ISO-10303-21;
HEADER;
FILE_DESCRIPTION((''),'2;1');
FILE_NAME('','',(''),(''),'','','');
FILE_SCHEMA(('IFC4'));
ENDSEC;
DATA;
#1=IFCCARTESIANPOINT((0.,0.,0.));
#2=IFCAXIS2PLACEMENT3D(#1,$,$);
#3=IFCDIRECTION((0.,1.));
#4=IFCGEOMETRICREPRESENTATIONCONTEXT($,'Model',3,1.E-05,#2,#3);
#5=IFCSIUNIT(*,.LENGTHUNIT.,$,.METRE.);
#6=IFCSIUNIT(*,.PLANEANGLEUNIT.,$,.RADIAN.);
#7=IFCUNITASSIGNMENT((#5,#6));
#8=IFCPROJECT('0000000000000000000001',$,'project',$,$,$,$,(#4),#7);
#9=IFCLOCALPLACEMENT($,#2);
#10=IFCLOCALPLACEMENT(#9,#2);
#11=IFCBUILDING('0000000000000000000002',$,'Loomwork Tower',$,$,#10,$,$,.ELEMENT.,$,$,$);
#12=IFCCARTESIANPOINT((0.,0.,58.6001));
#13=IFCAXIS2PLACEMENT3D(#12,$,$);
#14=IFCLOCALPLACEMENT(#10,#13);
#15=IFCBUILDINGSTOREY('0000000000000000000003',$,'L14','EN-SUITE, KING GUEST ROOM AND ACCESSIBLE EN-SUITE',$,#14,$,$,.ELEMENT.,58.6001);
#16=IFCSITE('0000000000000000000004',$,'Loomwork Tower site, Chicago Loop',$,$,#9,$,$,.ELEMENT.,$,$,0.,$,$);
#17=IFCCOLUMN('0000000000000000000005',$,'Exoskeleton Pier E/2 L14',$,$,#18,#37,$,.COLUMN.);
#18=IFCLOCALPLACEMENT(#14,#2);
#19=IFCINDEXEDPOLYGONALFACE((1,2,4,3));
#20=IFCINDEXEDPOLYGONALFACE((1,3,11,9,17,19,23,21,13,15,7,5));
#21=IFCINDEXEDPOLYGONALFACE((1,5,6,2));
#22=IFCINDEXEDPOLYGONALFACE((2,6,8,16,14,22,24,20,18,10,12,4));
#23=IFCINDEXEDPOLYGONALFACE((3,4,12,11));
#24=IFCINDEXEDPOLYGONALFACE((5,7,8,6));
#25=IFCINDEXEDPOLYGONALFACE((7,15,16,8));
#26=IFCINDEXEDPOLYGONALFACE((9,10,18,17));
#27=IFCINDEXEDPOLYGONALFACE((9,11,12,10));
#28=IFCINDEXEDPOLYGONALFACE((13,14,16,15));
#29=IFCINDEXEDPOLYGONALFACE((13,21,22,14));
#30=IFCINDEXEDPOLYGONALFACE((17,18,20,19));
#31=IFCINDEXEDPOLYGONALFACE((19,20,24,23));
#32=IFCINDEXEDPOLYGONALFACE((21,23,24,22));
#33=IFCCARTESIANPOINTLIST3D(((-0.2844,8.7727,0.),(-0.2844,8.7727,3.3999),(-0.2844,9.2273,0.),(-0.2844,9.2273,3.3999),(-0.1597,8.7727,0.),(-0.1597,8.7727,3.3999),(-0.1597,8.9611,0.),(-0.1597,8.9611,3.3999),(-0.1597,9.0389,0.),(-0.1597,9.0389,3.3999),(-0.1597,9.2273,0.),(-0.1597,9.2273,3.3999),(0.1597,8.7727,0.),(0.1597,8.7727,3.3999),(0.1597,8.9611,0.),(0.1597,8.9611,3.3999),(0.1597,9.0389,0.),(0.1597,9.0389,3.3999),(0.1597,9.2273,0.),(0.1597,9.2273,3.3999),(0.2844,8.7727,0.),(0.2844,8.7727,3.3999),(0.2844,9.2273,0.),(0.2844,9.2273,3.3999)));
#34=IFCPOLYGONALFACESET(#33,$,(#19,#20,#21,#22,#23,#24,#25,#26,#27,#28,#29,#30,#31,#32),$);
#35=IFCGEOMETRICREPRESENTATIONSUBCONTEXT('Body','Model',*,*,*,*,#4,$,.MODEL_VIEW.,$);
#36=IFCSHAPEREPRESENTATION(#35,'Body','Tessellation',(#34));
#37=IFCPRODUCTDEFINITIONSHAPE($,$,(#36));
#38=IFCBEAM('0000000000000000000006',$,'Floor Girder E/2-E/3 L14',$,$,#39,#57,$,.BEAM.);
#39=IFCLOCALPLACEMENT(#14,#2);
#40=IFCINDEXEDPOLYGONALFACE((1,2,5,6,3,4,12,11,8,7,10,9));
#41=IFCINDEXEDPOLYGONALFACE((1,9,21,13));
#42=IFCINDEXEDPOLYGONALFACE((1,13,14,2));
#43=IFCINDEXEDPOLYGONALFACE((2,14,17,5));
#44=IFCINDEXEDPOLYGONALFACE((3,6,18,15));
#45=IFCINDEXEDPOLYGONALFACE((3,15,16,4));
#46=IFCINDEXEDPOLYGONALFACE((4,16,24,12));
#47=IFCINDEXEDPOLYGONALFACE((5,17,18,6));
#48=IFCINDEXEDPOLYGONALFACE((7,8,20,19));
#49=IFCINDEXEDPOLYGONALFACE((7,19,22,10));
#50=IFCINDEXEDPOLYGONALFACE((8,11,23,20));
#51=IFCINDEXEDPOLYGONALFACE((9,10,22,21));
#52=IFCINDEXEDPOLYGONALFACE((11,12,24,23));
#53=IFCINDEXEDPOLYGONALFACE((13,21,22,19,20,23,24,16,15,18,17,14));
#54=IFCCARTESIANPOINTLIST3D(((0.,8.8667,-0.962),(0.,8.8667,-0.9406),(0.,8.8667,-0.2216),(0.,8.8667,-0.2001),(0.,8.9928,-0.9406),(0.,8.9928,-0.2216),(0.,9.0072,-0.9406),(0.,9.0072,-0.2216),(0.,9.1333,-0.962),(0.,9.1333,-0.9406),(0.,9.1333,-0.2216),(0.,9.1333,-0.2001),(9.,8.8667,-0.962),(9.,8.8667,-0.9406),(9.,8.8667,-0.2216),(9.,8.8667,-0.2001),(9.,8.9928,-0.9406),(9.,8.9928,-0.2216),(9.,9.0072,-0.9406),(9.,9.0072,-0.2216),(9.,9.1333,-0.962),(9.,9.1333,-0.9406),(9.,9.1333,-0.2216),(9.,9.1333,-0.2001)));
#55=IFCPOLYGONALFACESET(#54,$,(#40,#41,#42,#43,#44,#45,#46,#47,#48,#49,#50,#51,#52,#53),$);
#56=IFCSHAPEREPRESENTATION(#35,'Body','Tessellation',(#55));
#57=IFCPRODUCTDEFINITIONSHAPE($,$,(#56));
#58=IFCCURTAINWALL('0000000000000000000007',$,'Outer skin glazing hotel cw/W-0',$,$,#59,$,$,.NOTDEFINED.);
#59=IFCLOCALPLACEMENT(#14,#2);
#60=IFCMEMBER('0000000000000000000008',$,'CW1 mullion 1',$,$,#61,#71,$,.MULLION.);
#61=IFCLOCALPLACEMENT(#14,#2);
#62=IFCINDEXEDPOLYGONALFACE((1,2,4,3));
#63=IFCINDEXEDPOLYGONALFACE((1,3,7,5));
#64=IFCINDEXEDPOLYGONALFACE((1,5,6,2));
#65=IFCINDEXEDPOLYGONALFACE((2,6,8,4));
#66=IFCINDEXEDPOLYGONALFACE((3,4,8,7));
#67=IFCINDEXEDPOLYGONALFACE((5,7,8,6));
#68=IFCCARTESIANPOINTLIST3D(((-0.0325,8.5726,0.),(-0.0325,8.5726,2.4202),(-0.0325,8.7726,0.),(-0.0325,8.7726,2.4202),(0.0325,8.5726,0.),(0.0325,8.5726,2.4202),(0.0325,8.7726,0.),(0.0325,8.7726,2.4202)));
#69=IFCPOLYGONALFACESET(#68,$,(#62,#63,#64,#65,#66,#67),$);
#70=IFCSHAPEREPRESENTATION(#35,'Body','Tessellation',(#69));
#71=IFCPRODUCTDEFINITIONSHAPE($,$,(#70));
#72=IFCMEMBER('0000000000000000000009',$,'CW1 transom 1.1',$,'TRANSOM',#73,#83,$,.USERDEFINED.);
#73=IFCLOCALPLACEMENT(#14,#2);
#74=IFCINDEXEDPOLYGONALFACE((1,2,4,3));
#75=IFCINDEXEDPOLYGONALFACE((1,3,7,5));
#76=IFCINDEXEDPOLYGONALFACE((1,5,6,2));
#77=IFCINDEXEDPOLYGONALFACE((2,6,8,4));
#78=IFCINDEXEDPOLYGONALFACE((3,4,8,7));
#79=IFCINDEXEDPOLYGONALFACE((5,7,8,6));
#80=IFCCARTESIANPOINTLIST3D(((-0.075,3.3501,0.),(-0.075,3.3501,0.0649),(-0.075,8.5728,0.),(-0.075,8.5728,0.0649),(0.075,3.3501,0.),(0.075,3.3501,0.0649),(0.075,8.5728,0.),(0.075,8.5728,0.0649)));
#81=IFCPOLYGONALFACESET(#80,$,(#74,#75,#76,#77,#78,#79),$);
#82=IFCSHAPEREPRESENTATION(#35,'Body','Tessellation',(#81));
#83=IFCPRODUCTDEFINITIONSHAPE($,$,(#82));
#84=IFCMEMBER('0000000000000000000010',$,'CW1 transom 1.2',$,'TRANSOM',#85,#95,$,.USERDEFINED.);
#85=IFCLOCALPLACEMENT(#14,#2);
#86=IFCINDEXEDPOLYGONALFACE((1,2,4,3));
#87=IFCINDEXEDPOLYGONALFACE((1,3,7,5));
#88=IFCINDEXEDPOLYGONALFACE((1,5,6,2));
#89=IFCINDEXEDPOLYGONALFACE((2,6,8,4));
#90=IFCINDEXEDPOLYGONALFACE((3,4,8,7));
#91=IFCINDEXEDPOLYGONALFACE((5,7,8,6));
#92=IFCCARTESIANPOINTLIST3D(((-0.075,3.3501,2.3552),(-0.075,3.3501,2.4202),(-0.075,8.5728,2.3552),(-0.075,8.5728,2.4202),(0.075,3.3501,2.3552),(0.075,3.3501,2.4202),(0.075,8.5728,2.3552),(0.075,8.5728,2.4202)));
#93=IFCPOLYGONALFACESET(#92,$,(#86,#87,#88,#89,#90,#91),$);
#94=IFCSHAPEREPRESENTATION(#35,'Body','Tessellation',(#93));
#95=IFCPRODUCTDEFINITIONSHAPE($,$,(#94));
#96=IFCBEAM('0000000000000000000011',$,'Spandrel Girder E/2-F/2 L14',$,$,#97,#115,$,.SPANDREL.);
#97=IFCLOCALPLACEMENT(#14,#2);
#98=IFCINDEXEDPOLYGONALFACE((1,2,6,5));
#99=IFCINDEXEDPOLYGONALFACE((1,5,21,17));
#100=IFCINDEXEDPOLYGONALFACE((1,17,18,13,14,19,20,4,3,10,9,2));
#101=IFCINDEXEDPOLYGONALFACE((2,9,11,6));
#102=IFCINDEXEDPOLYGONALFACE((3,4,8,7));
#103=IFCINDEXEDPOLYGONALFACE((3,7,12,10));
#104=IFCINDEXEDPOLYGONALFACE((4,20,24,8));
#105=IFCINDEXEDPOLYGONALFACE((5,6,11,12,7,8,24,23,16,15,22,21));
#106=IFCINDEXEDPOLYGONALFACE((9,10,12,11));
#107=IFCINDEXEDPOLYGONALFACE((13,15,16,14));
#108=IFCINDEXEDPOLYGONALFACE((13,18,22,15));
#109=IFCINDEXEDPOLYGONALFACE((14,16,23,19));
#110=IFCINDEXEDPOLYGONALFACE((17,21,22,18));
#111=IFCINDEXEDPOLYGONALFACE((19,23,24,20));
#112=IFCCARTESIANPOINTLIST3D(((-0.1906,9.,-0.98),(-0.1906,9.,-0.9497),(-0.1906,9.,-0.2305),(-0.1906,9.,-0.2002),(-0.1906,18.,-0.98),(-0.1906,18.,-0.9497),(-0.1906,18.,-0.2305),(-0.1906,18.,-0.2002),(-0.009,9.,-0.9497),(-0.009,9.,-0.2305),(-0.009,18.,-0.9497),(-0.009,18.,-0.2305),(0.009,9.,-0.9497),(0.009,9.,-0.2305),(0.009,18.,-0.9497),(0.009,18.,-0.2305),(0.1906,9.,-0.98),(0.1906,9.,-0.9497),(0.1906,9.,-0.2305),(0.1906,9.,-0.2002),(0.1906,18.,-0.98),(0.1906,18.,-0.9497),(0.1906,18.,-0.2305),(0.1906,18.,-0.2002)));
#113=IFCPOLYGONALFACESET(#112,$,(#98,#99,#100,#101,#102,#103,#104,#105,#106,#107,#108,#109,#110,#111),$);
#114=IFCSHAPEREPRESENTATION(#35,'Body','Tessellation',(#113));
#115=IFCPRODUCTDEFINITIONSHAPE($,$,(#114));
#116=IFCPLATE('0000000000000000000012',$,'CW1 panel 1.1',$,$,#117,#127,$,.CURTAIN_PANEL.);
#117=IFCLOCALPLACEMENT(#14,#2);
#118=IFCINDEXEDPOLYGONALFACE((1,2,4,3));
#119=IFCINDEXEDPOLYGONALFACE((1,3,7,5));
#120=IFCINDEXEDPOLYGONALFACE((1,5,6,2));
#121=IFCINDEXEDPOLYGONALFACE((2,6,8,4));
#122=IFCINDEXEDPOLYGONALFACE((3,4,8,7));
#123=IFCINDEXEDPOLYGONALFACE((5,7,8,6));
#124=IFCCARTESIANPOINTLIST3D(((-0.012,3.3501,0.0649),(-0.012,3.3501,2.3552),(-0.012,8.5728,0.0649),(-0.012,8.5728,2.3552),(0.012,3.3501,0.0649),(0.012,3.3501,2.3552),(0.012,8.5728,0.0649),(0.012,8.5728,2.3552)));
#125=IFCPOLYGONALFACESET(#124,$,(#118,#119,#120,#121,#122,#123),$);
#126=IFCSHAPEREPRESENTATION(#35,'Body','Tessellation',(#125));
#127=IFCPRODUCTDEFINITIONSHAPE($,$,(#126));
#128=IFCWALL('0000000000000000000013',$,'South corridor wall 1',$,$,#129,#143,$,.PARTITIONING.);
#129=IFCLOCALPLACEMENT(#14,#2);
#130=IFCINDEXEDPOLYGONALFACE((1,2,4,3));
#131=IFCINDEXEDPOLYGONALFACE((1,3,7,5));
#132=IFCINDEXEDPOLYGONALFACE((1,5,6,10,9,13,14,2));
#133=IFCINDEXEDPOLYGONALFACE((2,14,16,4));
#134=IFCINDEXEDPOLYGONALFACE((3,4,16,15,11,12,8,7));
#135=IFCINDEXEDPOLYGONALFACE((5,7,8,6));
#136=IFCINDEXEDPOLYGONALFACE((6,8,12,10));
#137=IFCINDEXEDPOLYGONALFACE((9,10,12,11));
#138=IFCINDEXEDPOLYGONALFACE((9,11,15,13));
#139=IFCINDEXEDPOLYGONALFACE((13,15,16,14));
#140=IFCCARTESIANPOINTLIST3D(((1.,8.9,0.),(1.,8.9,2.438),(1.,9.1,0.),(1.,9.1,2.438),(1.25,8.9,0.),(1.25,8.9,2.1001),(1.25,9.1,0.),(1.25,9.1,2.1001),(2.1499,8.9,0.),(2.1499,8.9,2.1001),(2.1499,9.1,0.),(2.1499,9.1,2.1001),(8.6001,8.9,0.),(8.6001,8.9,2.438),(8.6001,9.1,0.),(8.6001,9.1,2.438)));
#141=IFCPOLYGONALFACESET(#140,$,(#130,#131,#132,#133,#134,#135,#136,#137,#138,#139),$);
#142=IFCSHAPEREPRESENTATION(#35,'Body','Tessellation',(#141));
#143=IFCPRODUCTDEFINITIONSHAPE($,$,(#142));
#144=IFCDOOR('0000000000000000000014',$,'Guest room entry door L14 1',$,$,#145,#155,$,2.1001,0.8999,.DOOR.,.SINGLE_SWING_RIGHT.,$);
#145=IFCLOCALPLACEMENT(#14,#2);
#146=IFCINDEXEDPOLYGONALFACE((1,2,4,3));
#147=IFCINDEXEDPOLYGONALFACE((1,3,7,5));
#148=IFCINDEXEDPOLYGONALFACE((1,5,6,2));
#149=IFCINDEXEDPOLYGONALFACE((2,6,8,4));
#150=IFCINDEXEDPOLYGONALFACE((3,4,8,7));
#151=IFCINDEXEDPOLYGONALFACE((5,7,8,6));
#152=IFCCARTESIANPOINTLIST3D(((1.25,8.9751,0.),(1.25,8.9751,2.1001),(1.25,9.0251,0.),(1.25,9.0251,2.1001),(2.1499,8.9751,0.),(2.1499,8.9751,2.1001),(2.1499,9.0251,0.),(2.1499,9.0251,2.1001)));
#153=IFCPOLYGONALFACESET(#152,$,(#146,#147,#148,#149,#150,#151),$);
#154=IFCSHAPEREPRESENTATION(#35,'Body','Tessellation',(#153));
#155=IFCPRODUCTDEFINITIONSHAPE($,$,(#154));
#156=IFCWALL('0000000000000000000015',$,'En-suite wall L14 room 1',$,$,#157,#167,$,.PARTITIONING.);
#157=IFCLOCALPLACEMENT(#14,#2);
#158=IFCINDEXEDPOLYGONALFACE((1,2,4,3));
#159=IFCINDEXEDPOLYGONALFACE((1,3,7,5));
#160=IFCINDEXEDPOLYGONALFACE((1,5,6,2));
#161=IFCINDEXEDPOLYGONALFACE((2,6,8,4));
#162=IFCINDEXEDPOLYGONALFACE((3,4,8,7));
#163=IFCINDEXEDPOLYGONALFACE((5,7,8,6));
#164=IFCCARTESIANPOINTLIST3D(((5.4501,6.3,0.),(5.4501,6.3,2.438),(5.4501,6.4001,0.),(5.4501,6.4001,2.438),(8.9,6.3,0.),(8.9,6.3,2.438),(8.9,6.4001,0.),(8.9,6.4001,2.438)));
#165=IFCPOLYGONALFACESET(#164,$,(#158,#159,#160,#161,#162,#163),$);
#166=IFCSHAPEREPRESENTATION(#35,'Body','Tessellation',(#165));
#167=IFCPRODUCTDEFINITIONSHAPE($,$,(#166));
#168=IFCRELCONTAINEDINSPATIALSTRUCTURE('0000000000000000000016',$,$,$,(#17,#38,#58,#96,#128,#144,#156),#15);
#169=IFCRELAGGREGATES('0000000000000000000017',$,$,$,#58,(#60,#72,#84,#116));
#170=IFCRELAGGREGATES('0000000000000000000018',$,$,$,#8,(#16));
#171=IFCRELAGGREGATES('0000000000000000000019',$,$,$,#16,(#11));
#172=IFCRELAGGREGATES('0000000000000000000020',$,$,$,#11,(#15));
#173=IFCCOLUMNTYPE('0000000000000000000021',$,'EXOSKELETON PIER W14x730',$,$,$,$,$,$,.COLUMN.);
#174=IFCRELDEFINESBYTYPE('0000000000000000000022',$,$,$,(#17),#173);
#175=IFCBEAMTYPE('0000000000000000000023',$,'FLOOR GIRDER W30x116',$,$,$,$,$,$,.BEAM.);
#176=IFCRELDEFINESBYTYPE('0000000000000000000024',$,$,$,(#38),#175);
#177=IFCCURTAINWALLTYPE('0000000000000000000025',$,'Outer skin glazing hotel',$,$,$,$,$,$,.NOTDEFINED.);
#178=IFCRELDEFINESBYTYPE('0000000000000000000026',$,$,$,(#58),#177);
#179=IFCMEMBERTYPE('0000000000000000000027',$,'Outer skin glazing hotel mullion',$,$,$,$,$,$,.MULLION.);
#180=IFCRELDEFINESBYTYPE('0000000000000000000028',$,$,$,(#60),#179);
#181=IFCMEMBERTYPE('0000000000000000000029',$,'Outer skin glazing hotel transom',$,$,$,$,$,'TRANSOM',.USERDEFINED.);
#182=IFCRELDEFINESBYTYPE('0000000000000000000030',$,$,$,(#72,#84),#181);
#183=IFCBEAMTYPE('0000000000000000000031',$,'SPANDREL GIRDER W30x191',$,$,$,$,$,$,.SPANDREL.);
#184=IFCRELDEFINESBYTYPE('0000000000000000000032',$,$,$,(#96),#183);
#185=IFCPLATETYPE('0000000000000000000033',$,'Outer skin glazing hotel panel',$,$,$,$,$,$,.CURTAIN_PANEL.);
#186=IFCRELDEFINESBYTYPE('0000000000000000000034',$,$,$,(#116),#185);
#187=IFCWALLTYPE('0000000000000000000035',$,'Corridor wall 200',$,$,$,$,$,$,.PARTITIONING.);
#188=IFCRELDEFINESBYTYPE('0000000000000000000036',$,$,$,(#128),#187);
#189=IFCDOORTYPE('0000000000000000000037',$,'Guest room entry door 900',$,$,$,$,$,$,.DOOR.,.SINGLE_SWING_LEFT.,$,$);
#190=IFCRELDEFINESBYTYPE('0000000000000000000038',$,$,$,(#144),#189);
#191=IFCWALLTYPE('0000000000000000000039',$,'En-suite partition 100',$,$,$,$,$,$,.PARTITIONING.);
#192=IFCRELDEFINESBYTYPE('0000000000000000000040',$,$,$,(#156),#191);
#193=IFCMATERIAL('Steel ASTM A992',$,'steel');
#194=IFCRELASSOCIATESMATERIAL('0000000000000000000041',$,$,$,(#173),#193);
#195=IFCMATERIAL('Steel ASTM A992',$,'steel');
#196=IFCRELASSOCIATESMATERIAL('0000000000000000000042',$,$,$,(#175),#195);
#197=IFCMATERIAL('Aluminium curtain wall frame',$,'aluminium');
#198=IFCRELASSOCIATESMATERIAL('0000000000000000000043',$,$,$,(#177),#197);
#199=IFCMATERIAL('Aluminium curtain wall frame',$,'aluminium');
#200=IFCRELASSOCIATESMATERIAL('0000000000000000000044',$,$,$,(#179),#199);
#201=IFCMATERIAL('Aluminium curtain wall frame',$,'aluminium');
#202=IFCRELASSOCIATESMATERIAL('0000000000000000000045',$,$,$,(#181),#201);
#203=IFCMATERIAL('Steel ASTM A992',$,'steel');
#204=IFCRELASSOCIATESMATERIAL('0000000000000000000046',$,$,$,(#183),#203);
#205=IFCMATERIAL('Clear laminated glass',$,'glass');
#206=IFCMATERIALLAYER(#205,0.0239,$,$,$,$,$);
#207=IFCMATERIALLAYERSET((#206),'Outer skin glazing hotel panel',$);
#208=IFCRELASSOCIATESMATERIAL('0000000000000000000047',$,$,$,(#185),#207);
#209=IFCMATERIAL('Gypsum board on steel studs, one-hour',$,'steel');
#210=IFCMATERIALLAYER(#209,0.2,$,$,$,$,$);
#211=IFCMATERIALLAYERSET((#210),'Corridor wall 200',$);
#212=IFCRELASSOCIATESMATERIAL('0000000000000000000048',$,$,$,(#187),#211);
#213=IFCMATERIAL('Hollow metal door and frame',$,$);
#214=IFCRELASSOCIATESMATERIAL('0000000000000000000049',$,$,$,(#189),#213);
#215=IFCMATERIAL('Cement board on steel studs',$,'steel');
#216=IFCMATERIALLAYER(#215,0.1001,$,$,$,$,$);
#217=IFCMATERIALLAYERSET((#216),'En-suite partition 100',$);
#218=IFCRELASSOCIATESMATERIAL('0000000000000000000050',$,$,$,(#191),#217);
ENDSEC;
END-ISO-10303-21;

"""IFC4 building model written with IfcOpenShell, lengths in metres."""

from ifc_helpers import new_model, si_unit, direction, frame, frame_2d, origin, origin_2d, place, context, subcontext, project, spatial, rectangle, i_section, extrude, material, layer, layer_set, material_profile, profile_set, type_object, element, fill, aggregate, save


model = new_model("IFC4")

# Units and contexts
model_context = context("Model", 3, precision=1e-05, world=origin(), true_north=direction((0.0, 1.0)))
body_context = subcontext(model_context, "Body", "Model", "MODEL_VIEW")
ifc_project = project(units=[si_unit("LENGTHUNIT", "METRE"), si_unit("PLANEANGLEUNIT", "RADIAN")], contexts=[model_context])

# Site, building, storey
site_placement = place(None, origin())
site = spatial("IfcSite", under=ifc_project, at=site_placement, Name="Loomwork Tower site, Chicago Loop", CompositionType="ELEMENT", RefElevation=0.0)
building_placement = place(site_placement, origin())
building = spatial("IfcBuilding", under=site, at=building_placement, Name="Loomwork Tower", CompositionType="ELEMENT")
storey_placement = place(building_placement, frame((0.0, 0.0, 58.6001)))
storey = spatial("IfcBuildingStorey", under=building, at=storey_placement, Name="L14", Description="EN-SUITE, KING GUEST ROOM AND ACCESSIBLE EN-SUITE", CompositionType="ELEMENT", Elevation=58.6001)

# Column
ifc_material_1 = material(Name="Steel ASTM A992", Category="steel")
ifc_material_profile_1 = material_profile(ifc_material_1, i_section(OverallWidth=0.4546, OverallDepth=0.5688, WebThickness=0.0779, FlangeThickness=0.1248, at=origin_2d()), Name="W14x730")
ifc_profile_set_1 = profile_set([ifc_material_profile_1], Name="Steel ASTM A992")
column_type = type_object("IfcColumnType", Name="EXOSKELETON PIER W14x730", PredefinedType="COLUMN", material=ifc_profile_set_1)
column_placement = place(storey_placement, frame((0.0, 9.0, 0.0), z_axis=(0.0, 0.0, 1.0), x_axis=(0.0, 1.0, 0.0)))
element("IfcColumn", 1, at=column_placement, inside=storey, type_object=column_type, Name="Exoskeleton Pier E/2 L14", PredefinedType="COLUMN", context=body_context, shape_type="SweptSolid", body=[
    extrude(i_section(OverallWidth=0.4546, OverallDepth=0.5688, WebThickness=0.0779, FlangeThickness=0.1248, at=origin_2d()), origin(), (0.0, 0.0, 1.0), 3.3999),
])

# Beam
ifc_material_2 = material(Name="Steel ASTM A992", Category="steel")
ifc_material_profile_2 = material_profile(ifc_material_2, i_section(OverallWidth=0.2666, OverallDepth=0.762, WebThickness=0.0144, FlangeThickness=0.0215, at=origin_2d()), Name="W30x116")
ifc_profile_set_2 = profile_set([ifc_material_profile_2], Name="Steel ASTM A992")
beam_type_1 = type_object("IfcBeamType", Name="FLOOR GIRDER W30x116", PredefinedType="BEAM", material=ifc_profile_set_2)
beam_1_placement = place(storey_placement, frame((0.0, 9.0, -0.5811), z_axis=(1.0, 0.0, 0.0), x_axis=(0.0, 1.0, 0.0)))
element("IfcBeam", 2, at=beam_1_placement, inside=storey, type_object=beam_type_1, Name="Floor Girder E/2-E/3 L14", PredefinedType="BEAM", context=body_context, shape_type="SweptSolid", body=[
    extrude(i_section(OverallWidth=0.2666, OverallDepth=0.762, WebThickness=0.0144, FlangeThickness=0.0215, at=origin_2d()), origin(), (0.0, 0.0, 1.0), 9.0),
])

# Curtain wall, members
ifc_material_3 = material(Name="Aluminium curtain wall frame", Category="aluminium")
curtain_wall_type = type_object("IfcCurtainWallType", Name="Outer skin glazing hotel", PredefinedType="NOTDEFINED", material=ifc_material_3)
curtain_wall_placement = place(storey_placement, origin())
curtain_wall = element("IfcCurtainWall", 3, at=curtain_wall_placement, inside=storey, type_object=curtain_wall_type, Name="Outer skin glazing hotel cw/W-0", PredefinedType="NOTDEFINED")
ifc_material_4 = material(Name="Aluminium curtain wall frame", Category="aluminium")
ifc_material_profile_3 = material_profile(ifc_material_4, rectangle(XDim=0.0649, YDim=0.2, at=origin_2d()), Name="AL 65x200")
ifc_profile_set_3 = profile_set([ifc_material_profile_3], Name="Aluminium curtain wall frame")
member_type_1 = type_object("IfcMemberType", Name="Outer skin glazing hotel mullion", PredefinedType="MULLION", material=ifc_profile_set_3)
member_1_placement = place(storey_placement, frame((0.0, 8.6726, 0.0), z_axis=(0.0, 0.0, 1.0), x_axis=(1.0, 0.0, 0.0)))
member_1 = element("IfcMember", 4, at=member_1_placement, type_object=member_type_1, Name="CW1 mullion 1", PredefinedType="MULLION", context=body_context, shape_type="SweptSolid", body=[
    extrude(rectangle(XDim=0.0649, YDim=0.2, at=origin_2d()), origin(), (0.0, 0.0, 1.0), 2.4202),
])
ifc_material_5 = material(Name="Aluminium curtain wall frame", Category="aluminium")
ifc_material_profile_4 = material_profile(ifc_material_5, rectangle(XDim=0.1499, YDim=0.0649, at=origin_2d()), Name="AL 65x150")
ifc_profile_set_4 = profile_set([ifc_material_profile_4], Name="Aluminium curtain wall frame")
member_type_2 = type_object("IfcMemberType", Name="Outer skin glazing hotel transom", ElementType="TRANSOM", PredefinedType="USERDEFINED", material=ifc_profile_set_4)
member_2_placement = place(storey_placement, frame((0.0, 8.5728, 0.0325), z_axis=(0.0, -1.0, 0.0), x_axis=(1.0, 0.0, 0.0)))
member_2 = element("IfcMember", 5, at=member_2_placement, type_object=member_type_2, Name="CW1 transom 1.1", ObjectType="TRANSOM", PredefinedType="USERDEFINED", context=body_context, shape_type="SweptSolid", body=[
    extrude(rectangle(XDim=0.1499, YDim=0.0649, at=origin_2d()), origin(), (0.0, 0.0, 1.0), 5.2227),
])
member_3_placement = place(storey_placement, frame((0.0, 8.5728, 2.3877), z_axis=(0.0, -1.0, 0.0), x_axis=(1.0, 0.0, 0.0)))
member_3 = element("IfcMember", 6, at=member_3_placement, type_object=member_type_2, Name="CW1 transom 1.2", ObjectType="TRANSOM", PredefinedType="USERDEFINED", context=body_context, shape_type="SweptSolid", body=[
    extrude(rectangle(XDim=0.1499, YDim=0.0649, at=origin_2d()), origin(), (0.0, 0.0, 1.0), 5.2227),
])

# Beam
ifc_material_6 = material(Name="Steel ASTM A992", Category="steel")
ifc_material_profile_5 = material_profile(ifc_material_6, i_section(OverallWidth=0.3811, OverallDepth=0.7798, WebThickness=0.0181, FlangeThickness=0.0303, at=origin_2d()), Name="W30x191")
ifc_profile_set_5 = profile_set([ifc_material_profile_5], Name="Steel ASTM A992")
beam_type_2 = type_object("IfcBeamType", Name="SPANDREL GIRDER W30x191", PredefinedType="SPANDREL", material=ifc_profile_set_5)
beam_2_placement = place(storey_placement, frame((0.0, 9.0, -0.5901), z_axis=(0.0, 1.0, 0.0), x_axis=(-1.0, 0.0, 0.0)))
element("IfcBeam", 7, at=beam_2_placement, inside=storey, type_object=beam_type_2, Name="Spandrel Girder E/2-F/2 L14", PredefinedType="SPANDREL", context=body_context, shape_type="SweptSolid", body=[
    extrude(i_section(OverallWidth=0.3811, OverallDepth=0.7798, WebThickness=0.0181, FlangeThickness=0.0303, at=origin_2d()), origin(), (0.0, 0.0, 1.0), 9.0),
])

# Plate
ifc_material_7 = material(Name="Clear laminated glass", Category="glass")
ifc_layer_1 = layer(ifc_material_7, 0.0239)
ifc_layer_set_1 = layer_set([ifc_layer_1], Name="Outer skin glazing hotel panel")
plate_type = type_object("IfcPlateType", Name="Outer skin glazing hotel panel", PredefinedType="CURTAIN_PANEL", material=ifc_layer_set_1)
plate_placement = place(storey_placement, frame((0.0, 5.9614, 0.0649), z_axis=(0.0, 0.0, 1.0), x_axis=(0.0, -1.0, 0.0)))
plate = element("IfcPlate", 8, at=plate_placement, type_object=plate_type, Name="CW1 panel 1.1", PredefinedType="CURTAIN_PANEL", context=body_context, shape_type="SweptSolid", body=[
    extrude(rectangle(XDim=5.2227, YDim=0.0239, at=origin_2d()), origin(), (0.0, 0.0, 1.0), 2.2903),
])
aggregate(curtain_wall, [member_1, member_2, member_3, plate])

# Wall, opening, door
ifc_material_8 = material(Name="Gypsum board on steel studs, one-hour", Category="steel")
ifc_layer_2 = layer(ifc_material_8, 0.2)
ifc_layer_set_2 = layer_set([ifc_layer_2], Name="Corridor wall 200")
wall_type_1 = type_object("IfcWallType", Name="Corridor wall 200", PredefinedType="PARTITIONING", material=ifc_layer_set_2)
wall_1_placement = place(storey_placement, frame((1.0, 9.0, 0.0), z_axis=(0.0, 0.0, 1.0), x_axis=(1.0, 0.0, 0.0)))
wall_1 = element("IfcWall", 9, at=wall_1_placement, inside=storey, type_object=wall_type_1, Name="South corridor wall 1", PredefinedType="PARTITIONING", context=body_context, shape_type="SweptSolid", body=[
    extrude(rectangle(XDim=7.6001, YDim=0.2, at=frame_2d((3.8, 0.0))), origin(), (0.0, 0.0, 1.0), 2.438),
])
opening_1_placement = place(wall_1_placement, frame((0.25, 0.0, 0.0)))
opening_1 = element("IfcOpeningElement", 10, at=opening_1_placement, cuts=wall_1, PredefinedType="OPENING", context=body_context, shape_type="SweptSolid", body=[
    extrude(rectangle(XDim=0.8999, YDim=2.1001, at=frame_2d((0.45, 1.05))), frame((0.0, 0.1099, 0.0), z_axis=(0.0, -1.0, 0.0), x_axis=(1.0, 0.0, 0.0)), (0.0, 0.0, 1.0), 0.22),
])
ifc_material_9 = material(Name="Hollow metal door and frame")
door_type_1 = type_object("IfcDoorType", Name="Guest room entry door 900", OperationType="SINGLE_SWING_LEFT", PredefinedType="DOOR", material=ifc_material_9)
door_1_placement = place(opening_1_placement, frame((0.8999, 0.0, 0.0), z_axis=(0.0, 0.0, 1.0), x_axis=(-1.0, 0.0, 0.0)))
door_1 = element("IfcDoor", 11, at=door_1_placement, inside=storey, type_object=door_type_1, Name="Guest room entry door L14 1", OperationType="SINGLE_SWING_RIGHT", OverallHeight=2.1001, OverallWidth=0.8999, PredefinedType="DOOR", context=body_context, shape_type="SweptSolid", body=[
    extrude(rectangle(XDim=0.8999, YDim=2.1001, at=frame_2d((0.45, 1.05))), frame((0.0, 0.0249, 0.0), z_axis=(0.0, -1.0, 0.0), x_axis=(1.0, 0.0, 0.0)), (0.0, 0.0, 1.0), 0.05),
])
fill(opening_1, door_1)

# Wall
ifc_material_10 = material(Name="Cement board on steel studs", Category="steel")
ifc_layer_3 = layer(ifc_material_10, 0.1001)
ifc_layer_set_3 = layer_set([ifc_layer_3], Name="En-suite partition 100")
wall_type_2 = type_object("IfcWallType", Name="En-suite partition 100", PredefinedType="PARTITIONING", material=ifc_layer_set_3)
wall_2_placement = place(storey_placement, frame((5.45, 6.3501, 0.0), z_axis=(0.0, 0.0, 1.0), x_axis=(1.0, 0.0, 0.0)))
element("IfcWall", 12, at=wall_2_placement, inside=storey, type_object=wall_type_2, Name="En-suite wall L14 room 1", PredefinedType="PARTITIONING", context=body_context, shape_type="SweptSolid", body=[
    extrude(rectangle(XDim=3.45, YDim=0.1001, at=frame_2d((1.7251, 0.0))), origin(), (0.0, 0.0, 1.0), 2.438),
])

save(model, "model.ifc")
